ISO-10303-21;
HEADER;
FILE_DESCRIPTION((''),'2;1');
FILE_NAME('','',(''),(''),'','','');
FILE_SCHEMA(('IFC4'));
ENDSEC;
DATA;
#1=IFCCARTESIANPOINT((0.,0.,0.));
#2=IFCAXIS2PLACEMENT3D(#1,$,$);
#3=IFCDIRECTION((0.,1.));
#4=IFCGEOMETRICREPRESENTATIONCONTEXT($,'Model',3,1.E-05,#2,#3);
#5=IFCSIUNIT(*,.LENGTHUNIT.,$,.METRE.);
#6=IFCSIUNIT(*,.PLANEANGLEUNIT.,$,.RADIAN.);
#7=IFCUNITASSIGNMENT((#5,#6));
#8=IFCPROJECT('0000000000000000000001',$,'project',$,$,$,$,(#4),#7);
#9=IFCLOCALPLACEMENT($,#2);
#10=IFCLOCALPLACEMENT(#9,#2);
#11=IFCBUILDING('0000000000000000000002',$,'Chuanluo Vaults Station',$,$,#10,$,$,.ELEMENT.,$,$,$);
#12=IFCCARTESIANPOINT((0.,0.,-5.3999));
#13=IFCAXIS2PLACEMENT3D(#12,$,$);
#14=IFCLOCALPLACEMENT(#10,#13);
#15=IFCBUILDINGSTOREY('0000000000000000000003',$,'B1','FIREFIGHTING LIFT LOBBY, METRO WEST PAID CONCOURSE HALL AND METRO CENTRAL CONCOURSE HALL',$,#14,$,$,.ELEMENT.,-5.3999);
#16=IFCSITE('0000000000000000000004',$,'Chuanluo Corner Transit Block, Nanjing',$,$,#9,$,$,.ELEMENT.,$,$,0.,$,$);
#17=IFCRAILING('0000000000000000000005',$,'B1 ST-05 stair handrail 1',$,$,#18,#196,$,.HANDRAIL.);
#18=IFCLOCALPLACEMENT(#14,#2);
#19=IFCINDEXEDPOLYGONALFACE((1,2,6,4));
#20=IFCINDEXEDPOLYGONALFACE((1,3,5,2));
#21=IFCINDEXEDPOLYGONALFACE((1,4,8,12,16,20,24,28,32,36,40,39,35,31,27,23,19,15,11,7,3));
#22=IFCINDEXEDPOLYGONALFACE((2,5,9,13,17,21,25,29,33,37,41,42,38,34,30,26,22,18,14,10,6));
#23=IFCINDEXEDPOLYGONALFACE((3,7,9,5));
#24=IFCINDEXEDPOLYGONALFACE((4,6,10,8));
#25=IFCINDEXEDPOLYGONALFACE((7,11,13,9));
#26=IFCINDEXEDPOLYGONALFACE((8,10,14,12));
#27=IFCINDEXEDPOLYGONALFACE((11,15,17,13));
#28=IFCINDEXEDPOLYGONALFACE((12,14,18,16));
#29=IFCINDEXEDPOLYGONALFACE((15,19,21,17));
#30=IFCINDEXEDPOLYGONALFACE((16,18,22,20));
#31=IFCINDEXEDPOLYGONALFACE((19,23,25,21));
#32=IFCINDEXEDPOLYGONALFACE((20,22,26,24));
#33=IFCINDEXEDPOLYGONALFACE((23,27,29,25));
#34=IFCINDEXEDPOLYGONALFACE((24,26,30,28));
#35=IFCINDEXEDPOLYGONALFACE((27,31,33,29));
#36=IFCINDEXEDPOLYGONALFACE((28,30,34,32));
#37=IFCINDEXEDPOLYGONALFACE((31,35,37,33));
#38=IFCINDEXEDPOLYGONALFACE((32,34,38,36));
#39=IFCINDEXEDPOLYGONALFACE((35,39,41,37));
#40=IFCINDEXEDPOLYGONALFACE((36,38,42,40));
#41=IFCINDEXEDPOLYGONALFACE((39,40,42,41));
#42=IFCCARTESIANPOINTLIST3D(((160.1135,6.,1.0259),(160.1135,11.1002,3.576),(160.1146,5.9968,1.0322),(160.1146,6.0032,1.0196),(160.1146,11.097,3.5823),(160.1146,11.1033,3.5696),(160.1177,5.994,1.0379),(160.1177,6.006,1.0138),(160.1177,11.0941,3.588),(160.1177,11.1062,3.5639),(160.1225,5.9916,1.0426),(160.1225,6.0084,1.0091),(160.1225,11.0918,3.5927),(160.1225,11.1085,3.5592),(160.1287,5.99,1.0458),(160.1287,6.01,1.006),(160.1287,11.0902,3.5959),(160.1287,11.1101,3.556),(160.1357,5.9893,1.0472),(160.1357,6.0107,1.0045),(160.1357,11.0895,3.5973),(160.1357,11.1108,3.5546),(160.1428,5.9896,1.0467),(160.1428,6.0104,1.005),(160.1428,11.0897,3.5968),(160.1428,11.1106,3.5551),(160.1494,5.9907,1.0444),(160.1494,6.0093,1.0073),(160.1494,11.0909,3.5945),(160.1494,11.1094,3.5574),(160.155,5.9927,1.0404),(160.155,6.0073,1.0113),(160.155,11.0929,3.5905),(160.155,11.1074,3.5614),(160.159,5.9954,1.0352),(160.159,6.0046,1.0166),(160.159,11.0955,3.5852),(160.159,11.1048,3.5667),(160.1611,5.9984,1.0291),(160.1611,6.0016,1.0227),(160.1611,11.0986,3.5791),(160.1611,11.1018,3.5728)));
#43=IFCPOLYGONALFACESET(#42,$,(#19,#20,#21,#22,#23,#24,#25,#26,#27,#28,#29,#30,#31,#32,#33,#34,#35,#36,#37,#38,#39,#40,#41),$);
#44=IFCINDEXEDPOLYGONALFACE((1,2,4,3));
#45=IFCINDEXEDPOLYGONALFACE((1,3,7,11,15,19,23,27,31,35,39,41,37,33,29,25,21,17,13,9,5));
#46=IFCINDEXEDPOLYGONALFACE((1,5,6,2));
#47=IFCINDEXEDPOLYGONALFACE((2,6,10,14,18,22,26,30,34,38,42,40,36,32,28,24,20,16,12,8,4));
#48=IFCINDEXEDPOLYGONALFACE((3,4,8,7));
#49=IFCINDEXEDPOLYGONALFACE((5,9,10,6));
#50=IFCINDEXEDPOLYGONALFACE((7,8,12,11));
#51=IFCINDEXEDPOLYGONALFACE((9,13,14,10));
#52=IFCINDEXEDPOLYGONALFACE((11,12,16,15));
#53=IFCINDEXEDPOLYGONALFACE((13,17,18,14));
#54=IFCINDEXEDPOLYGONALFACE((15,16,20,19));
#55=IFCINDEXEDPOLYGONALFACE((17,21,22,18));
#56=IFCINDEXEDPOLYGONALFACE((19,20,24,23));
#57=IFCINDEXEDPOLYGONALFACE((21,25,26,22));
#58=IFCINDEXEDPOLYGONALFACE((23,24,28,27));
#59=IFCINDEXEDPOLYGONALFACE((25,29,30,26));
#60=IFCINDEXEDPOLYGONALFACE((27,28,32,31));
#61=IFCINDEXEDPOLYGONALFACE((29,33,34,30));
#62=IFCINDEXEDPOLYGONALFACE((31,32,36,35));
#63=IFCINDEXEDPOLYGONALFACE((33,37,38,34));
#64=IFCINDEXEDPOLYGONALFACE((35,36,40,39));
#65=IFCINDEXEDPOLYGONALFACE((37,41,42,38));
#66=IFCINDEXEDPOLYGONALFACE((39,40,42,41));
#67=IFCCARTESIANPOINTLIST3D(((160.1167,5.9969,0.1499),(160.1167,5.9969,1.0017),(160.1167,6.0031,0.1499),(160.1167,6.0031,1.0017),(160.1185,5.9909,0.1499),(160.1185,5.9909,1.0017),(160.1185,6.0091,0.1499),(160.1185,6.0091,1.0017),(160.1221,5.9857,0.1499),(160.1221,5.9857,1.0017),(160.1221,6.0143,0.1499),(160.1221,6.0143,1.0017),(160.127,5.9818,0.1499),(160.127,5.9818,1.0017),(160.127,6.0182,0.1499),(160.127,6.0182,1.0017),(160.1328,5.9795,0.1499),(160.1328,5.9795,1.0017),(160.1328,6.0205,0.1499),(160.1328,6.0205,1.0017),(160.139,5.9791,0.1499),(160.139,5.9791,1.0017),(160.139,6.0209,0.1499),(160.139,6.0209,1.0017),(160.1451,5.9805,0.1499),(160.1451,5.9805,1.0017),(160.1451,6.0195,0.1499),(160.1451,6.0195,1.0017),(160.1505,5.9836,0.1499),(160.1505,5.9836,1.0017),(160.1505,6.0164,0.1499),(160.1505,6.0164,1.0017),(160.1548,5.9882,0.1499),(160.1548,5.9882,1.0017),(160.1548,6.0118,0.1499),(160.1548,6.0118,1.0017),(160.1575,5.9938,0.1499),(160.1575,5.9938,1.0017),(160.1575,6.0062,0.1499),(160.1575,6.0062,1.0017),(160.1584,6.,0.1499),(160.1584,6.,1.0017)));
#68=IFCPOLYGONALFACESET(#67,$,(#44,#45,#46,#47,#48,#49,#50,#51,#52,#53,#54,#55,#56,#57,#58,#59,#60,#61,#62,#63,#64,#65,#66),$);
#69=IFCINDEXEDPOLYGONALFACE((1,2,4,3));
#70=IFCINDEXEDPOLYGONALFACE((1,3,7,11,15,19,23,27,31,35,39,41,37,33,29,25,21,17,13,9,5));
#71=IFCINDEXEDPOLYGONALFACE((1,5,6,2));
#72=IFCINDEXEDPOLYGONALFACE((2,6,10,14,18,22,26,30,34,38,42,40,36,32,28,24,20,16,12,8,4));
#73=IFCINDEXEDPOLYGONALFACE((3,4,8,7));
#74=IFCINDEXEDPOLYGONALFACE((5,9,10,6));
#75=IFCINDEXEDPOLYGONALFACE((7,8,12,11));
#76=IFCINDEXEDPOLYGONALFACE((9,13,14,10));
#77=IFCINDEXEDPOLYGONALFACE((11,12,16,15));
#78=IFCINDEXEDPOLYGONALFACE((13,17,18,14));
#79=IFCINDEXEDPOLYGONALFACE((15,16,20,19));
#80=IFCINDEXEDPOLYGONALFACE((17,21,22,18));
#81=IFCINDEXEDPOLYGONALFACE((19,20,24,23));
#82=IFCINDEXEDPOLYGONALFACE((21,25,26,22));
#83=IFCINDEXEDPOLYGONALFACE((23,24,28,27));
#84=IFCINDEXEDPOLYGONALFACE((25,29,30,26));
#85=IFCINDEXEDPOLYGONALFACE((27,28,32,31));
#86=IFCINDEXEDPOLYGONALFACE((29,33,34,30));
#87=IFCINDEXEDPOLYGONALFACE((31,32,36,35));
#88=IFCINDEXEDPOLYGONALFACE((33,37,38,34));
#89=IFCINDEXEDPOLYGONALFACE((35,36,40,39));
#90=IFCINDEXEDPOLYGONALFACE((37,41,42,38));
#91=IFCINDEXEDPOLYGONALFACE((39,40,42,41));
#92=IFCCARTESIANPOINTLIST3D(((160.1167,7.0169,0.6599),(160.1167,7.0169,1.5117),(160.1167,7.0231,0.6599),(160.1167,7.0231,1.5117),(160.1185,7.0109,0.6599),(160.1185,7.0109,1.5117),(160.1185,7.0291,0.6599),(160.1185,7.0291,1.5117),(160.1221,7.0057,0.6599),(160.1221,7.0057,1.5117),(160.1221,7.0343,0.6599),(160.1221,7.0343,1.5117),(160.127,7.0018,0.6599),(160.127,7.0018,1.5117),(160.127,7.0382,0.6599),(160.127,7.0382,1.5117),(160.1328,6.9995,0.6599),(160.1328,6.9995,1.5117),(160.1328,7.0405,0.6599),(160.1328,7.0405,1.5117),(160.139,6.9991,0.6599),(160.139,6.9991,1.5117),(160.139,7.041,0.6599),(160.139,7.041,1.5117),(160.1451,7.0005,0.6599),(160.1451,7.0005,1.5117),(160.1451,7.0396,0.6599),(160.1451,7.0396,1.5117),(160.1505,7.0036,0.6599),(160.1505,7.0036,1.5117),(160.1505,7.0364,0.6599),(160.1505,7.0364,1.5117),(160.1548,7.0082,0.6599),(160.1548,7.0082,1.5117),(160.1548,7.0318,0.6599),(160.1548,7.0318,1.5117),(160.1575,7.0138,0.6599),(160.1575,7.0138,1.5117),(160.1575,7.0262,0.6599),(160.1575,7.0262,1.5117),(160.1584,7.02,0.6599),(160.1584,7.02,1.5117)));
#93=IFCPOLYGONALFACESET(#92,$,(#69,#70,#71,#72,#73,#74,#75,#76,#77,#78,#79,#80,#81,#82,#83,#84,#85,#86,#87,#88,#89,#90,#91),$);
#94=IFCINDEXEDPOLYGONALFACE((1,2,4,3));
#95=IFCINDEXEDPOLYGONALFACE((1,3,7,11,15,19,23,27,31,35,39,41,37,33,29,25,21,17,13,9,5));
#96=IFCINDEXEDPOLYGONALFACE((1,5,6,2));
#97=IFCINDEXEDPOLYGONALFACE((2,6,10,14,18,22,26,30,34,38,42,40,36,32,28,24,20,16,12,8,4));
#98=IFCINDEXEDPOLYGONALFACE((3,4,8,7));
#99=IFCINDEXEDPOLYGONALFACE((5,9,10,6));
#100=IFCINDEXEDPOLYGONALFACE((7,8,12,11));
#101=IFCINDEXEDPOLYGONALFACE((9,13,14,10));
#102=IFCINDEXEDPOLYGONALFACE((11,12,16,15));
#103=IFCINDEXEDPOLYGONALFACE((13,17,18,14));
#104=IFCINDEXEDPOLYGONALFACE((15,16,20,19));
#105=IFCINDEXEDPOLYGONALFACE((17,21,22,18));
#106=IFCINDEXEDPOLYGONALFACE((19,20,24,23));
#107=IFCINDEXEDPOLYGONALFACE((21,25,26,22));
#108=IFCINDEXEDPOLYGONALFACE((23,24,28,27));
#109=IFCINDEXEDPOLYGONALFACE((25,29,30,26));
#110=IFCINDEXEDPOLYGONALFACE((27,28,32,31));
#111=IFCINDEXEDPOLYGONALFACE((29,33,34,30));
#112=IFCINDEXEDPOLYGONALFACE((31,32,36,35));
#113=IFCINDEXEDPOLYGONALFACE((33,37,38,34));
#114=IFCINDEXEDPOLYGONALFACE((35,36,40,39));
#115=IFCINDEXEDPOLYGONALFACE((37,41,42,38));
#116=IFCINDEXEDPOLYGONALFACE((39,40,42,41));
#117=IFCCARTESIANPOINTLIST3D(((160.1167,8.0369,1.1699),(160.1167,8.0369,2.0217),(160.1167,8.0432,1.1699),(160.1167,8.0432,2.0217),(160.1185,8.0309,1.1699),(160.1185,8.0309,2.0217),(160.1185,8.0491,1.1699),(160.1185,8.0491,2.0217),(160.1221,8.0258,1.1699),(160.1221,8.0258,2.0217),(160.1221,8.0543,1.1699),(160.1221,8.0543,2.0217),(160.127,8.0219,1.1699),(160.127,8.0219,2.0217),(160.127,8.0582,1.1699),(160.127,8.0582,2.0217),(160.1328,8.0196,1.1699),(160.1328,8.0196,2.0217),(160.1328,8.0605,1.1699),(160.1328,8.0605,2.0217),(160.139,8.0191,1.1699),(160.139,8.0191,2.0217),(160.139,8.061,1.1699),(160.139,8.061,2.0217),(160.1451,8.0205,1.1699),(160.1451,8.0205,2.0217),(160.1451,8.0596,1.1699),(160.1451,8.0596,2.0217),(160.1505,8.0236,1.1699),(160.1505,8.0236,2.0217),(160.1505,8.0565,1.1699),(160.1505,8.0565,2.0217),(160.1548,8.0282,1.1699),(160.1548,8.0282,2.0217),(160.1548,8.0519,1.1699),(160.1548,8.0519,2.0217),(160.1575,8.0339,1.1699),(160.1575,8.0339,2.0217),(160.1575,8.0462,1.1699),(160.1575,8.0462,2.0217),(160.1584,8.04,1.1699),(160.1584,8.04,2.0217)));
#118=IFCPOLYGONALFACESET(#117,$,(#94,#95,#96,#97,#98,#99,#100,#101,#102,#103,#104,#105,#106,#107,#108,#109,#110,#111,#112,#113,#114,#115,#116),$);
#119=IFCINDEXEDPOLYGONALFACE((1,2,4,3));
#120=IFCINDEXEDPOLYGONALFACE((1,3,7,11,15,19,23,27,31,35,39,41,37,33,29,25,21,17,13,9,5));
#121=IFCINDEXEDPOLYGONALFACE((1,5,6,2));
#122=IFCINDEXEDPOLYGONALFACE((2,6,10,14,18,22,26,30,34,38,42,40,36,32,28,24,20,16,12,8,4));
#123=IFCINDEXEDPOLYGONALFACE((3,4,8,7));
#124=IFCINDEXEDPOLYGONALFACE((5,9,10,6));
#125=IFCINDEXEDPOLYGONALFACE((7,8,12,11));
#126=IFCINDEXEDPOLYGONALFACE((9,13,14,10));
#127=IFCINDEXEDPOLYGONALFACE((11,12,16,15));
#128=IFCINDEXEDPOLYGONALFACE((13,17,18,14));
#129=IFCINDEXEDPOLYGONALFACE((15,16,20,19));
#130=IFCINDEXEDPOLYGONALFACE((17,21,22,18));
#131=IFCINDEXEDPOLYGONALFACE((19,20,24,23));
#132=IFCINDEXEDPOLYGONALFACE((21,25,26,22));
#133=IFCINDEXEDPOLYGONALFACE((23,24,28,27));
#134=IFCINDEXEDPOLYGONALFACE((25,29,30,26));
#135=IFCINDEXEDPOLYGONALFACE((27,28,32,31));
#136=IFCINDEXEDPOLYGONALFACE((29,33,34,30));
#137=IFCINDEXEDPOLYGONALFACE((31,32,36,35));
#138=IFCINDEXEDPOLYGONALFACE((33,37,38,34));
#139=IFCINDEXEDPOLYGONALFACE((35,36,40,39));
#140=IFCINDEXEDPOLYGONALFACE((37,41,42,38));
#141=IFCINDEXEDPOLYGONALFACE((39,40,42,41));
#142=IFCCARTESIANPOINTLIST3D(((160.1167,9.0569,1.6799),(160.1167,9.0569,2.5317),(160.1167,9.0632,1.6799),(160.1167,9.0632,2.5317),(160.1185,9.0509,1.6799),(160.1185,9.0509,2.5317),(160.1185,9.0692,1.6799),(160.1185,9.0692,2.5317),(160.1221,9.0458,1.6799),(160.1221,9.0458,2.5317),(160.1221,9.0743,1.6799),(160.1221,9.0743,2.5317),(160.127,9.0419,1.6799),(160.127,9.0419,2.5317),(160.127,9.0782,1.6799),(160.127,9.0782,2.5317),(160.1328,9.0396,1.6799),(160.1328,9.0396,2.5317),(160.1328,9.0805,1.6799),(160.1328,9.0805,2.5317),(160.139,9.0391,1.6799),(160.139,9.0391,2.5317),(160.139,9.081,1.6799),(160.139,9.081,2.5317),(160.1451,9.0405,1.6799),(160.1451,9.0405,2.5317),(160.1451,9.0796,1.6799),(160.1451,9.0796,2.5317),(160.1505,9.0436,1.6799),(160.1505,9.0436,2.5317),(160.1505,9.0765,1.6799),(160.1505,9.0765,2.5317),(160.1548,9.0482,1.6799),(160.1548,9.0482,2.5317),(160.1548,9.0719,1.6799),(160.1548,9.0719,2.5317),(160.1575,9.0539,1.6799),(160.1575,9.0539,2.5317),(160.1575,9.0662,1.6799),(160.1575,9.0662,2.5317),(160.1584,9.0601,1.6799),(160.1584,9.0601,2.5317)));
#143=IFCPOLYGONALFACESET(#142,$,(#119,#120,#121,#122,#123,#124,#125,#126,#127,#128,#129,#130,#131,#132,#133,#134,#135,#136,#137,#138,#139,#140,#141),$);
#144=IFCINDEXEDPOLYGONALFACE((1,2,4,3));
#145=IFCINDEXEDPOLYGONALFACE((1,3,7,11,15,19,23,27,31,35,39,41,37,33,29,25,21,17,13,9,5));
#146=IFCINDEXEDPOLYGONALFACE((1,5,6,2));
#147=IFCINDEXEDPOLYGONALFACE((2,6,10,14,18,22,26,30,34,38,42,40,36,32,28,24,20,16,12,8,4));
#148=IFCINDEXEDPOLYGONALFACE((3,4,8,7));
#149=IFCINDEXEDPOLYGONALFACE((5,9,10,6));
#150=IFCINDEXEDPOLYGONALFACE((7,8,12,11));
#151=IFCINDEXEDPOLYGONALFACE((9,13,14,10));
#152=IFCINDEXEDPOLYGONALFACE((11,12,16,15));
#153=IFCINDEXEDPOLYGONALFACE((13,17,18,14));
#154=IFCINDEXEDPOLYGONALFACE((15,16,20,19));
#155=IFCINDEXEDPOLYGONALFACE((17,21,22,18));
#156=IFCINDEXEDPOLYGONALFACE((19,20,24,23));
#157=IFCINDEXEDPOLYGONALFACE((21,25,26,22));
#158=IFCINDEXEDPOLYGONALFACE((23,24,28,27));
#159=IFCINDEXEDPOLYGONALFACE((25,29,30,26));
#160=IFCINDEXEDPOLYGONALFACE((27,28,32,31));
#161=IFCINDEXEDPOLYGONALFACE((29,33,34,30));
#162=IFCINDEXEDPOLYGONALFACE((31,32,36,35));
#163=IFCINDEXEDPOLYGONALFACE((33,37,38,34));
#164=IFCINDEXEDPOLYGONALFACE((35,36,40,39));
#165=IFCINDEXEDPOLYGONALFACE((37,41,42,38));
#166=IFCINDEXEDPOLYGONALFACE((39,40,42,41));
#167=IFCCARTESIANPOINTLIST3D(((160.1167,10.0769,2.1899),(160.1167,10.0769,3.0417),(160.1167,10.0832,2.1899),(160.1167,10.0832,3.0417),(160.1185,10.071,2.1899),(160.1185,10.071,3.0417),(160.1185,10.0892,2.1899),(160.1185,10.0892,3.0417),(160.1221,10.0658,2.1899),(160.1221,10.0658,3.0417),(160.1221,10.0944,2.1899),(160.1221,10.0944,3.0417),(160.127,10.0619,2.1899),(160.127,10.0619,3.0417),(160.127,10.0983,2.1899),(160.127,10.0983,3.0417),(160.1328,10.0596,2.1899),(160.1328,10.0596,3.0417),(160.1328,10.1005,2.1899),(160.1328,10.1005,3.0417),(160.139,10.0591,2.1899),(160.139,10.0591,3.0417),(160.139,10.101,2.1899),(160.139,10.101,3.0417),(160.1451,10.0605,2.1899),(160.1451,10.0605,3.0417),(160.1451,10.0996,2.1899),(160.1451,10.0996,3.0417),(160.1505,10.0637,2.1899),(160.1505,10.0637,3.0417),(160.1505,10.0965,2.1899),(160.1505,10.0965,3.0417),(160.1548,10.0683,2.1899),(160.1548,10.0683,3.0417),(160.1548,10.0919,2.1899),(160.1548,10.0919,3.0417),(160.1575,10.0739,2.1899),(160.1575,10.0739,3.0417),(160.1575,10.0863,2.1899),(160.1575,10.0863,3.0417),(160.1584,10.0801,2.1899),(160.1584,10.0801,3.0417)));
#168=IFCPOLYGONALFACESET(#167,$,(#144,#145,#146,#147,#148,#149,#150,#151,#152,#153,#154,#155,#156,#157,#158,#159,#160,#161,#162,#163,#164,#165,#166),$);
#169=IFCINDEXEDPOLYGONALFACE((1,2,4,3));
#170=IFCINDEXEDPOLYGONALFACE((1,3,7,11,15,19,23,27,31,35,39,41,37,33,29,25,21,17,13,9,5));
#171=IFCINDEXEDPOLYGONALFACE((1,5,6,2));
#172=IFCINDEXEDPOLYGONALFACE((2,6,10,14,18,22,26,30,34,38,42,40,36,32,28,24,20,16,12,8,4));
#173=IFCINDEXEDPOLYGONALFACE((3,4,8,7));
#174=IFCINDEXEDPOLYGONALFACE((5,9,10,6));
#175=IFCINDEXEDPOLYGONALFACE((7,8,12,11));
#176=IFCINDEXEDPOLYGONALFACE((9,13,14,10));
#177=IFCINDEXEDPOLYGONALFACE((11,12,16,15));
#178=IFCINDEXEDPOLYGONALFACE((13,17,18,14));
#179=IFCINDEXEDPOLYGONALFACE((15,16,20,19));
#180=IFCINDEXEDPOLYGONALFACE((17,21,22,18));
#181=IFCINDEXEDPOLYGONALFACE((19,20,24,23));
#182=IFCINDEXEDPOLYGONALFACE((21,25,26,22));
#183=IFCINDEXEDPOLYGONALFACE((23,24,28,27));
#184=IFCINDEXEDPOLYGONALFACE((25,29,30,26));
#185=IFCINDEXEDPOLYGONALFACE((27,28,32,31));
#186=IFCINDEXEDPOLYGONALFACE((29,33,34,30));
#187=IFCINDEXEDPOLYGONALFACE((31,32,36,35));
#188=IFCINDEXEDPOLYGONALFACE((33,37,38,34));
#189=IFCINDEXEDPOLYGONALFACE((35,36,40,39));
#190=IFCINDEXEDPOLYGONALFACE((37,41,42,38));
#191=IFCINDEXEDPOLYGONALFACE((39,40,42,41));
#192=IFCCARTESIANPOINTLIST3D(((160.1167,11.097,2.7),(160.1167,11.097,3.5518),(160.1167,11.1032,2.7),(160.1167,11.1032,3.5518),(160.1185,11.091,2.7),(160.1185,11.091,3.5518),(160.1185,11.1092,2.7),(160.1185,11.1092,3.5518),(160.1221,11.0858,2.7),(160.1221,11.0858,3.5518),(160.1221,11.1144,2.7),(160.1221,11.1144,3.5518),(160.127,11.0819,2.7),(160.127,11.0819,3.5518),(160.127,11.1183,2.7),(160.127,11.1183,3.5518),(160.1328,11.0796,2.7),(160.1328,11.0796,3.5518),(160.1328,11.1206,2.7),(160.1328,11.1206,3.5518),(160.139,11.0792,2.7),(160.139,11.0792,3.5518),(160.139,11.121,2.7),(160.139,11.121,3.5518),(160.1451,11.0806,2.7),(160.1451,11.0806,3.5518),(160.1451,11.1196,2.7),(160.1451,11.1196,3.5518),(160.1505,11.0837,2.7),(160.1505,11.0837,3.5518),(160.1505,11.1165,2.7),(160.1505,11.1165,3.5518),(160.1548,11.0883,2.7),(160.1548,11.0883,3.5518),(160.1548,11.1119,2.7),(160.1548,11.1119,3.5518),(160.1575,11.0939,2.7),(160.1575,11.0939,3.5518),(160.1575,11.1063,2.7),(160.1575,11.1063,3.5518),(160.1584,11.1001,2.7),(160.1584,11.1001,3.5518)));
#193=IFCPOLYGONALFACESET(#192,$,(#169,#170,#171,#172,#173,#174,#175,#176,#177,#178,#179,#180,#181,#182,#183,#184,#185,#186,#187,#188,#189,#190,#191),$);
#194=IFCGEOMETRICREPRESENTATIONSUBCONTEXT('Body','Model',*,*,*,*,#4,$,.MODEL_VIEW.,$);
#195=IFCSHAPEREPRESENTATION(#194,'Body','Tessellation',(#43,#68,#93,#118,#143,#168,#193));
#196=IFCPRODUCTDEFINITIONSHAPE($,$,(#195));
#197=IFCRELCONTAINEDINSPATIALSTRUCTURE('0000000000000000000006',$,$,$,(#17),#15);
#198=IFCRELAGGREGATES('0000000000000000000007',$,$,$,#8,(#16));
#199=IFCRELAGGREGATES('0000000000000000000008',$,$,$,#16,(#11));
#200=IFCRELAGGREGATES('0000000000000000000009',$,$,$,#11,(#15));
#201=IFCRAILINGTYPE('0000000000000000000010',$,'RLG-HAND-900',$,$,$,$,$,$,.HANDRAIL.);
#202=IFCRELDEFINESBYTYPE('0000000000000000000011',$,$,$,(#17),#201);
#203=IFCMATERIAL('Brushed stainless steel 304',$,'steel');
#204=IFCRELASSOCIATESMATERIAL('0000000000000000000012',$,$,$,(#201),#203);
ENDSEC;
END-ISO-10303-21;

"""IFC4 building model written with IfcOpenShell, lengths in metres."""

from ifc_helpers import new_model, si_unit, direction, frame, origin, origin_2d, place, context, subcontext, project, spatial, circle, extrude, material, type_object, element, save


model = new_model("IFC4")

# Units and contexts
model_context = context("Model", 3, precision=1e-05, world=origin(), true_north=direction((0.0, 1.0)))
body_context = subcontext(model_context, "Body", "Model", "MODEL_VIEW")
ifc_project = project(units=[si_unit("LENGTHUNIT", "METRE"), si_unit("PLANEANGLEUNIT", "RADIAN")], contexts=[model_context])

# Site, building, storey
site_placement = place(None, origin())
site = spatial("IfcSite", under=ifc_project, at=site_placement, Name="Chuanluo Corner Transit Block, Nanjing", CompositionType="ELEMENT", RefElevation=0.0)
building_placement = place(site_placement, origin())
building = spatial("IfcBuilding", under=site, at=building_placement, Name="Chuanluo Vaults Station", CompositionType="ELEMENT")
storey_placement = place(building_placement, frame((0.0, 0.0, -5.3999)))
storey = spatial("IfcBuildingStorey", under=building, at=storey_placement, Name="B1", Description="FIREFIGHTING LIFT LOBBY, METRO WEST PAID CONCOURSE HALL AND METRO CENTRAL CONCOURSE HALL", CompositionType="ELEMENT", Elevation=-5.3999)

# Railing
ifc_material_1 = material(Name="Brushed stainless steel 304", Category="steel")
railing_type_1 = type_object("IfcRailingType", Name="RLG-HAND-900", PredefinedType="HANDRAIL", material=ifc_material_1)
railing_1_placement = place(storey_placement, frame((160.1375, 6.0, 0.1499)))
element("IfcRailing", 1, at=railing_1_placement, inside=storey, type_object=railing_type_1, Name="B1 ST-05 stair handrail 1", PredefinedType="HANDRAIL", context=body_context, shape_type="SweptSolid", body=[
    extrude(circle(Radius=0.0239, at=origin_2d()), frame((0.0, 0.0, 0.876), z_axis=(0.0, 0.894427, 0.447214), x_axis=(-1.0, 0.0, 0.0)), (0.0, 0.0, 1.0), 5.7021),
    extrude(circle(Radius=0.021, at=origin_2d()), origin(), (0.0, 0.0, 1.0), 0.8518),
    extrude(circle(Radius=0.021, at=origin_2d()), frame((0.0, 1.02, 0.51)), (0.0, 0.0, 1.0), 0.8518),
    extrude(circle(Radius=0.021, at=origin_2d()), frame((0.0, 2.04, 1.02)), (0.0, 0.0, 1.0), 0.8518),
    extrude(circle(Radius=0.021, at=origin_2d()), frame((0.0, 3.0601, 1.53)), (0.0, 0.0, 1.0), 0.8518),
    extrude(circle(Radius=0.021, at=origin_2d()), frame((0.0, 4.0801, 2.04)), (0.0, 0.0, 1.0), 0.8518),
    extrude(circle(Radius=0.021, at=origin_2d()), frame((0.0, 5.1001, 2.55)), (0.0, 0.0, 1.0), 0.8518),
])

save(model, "model.ifc")
